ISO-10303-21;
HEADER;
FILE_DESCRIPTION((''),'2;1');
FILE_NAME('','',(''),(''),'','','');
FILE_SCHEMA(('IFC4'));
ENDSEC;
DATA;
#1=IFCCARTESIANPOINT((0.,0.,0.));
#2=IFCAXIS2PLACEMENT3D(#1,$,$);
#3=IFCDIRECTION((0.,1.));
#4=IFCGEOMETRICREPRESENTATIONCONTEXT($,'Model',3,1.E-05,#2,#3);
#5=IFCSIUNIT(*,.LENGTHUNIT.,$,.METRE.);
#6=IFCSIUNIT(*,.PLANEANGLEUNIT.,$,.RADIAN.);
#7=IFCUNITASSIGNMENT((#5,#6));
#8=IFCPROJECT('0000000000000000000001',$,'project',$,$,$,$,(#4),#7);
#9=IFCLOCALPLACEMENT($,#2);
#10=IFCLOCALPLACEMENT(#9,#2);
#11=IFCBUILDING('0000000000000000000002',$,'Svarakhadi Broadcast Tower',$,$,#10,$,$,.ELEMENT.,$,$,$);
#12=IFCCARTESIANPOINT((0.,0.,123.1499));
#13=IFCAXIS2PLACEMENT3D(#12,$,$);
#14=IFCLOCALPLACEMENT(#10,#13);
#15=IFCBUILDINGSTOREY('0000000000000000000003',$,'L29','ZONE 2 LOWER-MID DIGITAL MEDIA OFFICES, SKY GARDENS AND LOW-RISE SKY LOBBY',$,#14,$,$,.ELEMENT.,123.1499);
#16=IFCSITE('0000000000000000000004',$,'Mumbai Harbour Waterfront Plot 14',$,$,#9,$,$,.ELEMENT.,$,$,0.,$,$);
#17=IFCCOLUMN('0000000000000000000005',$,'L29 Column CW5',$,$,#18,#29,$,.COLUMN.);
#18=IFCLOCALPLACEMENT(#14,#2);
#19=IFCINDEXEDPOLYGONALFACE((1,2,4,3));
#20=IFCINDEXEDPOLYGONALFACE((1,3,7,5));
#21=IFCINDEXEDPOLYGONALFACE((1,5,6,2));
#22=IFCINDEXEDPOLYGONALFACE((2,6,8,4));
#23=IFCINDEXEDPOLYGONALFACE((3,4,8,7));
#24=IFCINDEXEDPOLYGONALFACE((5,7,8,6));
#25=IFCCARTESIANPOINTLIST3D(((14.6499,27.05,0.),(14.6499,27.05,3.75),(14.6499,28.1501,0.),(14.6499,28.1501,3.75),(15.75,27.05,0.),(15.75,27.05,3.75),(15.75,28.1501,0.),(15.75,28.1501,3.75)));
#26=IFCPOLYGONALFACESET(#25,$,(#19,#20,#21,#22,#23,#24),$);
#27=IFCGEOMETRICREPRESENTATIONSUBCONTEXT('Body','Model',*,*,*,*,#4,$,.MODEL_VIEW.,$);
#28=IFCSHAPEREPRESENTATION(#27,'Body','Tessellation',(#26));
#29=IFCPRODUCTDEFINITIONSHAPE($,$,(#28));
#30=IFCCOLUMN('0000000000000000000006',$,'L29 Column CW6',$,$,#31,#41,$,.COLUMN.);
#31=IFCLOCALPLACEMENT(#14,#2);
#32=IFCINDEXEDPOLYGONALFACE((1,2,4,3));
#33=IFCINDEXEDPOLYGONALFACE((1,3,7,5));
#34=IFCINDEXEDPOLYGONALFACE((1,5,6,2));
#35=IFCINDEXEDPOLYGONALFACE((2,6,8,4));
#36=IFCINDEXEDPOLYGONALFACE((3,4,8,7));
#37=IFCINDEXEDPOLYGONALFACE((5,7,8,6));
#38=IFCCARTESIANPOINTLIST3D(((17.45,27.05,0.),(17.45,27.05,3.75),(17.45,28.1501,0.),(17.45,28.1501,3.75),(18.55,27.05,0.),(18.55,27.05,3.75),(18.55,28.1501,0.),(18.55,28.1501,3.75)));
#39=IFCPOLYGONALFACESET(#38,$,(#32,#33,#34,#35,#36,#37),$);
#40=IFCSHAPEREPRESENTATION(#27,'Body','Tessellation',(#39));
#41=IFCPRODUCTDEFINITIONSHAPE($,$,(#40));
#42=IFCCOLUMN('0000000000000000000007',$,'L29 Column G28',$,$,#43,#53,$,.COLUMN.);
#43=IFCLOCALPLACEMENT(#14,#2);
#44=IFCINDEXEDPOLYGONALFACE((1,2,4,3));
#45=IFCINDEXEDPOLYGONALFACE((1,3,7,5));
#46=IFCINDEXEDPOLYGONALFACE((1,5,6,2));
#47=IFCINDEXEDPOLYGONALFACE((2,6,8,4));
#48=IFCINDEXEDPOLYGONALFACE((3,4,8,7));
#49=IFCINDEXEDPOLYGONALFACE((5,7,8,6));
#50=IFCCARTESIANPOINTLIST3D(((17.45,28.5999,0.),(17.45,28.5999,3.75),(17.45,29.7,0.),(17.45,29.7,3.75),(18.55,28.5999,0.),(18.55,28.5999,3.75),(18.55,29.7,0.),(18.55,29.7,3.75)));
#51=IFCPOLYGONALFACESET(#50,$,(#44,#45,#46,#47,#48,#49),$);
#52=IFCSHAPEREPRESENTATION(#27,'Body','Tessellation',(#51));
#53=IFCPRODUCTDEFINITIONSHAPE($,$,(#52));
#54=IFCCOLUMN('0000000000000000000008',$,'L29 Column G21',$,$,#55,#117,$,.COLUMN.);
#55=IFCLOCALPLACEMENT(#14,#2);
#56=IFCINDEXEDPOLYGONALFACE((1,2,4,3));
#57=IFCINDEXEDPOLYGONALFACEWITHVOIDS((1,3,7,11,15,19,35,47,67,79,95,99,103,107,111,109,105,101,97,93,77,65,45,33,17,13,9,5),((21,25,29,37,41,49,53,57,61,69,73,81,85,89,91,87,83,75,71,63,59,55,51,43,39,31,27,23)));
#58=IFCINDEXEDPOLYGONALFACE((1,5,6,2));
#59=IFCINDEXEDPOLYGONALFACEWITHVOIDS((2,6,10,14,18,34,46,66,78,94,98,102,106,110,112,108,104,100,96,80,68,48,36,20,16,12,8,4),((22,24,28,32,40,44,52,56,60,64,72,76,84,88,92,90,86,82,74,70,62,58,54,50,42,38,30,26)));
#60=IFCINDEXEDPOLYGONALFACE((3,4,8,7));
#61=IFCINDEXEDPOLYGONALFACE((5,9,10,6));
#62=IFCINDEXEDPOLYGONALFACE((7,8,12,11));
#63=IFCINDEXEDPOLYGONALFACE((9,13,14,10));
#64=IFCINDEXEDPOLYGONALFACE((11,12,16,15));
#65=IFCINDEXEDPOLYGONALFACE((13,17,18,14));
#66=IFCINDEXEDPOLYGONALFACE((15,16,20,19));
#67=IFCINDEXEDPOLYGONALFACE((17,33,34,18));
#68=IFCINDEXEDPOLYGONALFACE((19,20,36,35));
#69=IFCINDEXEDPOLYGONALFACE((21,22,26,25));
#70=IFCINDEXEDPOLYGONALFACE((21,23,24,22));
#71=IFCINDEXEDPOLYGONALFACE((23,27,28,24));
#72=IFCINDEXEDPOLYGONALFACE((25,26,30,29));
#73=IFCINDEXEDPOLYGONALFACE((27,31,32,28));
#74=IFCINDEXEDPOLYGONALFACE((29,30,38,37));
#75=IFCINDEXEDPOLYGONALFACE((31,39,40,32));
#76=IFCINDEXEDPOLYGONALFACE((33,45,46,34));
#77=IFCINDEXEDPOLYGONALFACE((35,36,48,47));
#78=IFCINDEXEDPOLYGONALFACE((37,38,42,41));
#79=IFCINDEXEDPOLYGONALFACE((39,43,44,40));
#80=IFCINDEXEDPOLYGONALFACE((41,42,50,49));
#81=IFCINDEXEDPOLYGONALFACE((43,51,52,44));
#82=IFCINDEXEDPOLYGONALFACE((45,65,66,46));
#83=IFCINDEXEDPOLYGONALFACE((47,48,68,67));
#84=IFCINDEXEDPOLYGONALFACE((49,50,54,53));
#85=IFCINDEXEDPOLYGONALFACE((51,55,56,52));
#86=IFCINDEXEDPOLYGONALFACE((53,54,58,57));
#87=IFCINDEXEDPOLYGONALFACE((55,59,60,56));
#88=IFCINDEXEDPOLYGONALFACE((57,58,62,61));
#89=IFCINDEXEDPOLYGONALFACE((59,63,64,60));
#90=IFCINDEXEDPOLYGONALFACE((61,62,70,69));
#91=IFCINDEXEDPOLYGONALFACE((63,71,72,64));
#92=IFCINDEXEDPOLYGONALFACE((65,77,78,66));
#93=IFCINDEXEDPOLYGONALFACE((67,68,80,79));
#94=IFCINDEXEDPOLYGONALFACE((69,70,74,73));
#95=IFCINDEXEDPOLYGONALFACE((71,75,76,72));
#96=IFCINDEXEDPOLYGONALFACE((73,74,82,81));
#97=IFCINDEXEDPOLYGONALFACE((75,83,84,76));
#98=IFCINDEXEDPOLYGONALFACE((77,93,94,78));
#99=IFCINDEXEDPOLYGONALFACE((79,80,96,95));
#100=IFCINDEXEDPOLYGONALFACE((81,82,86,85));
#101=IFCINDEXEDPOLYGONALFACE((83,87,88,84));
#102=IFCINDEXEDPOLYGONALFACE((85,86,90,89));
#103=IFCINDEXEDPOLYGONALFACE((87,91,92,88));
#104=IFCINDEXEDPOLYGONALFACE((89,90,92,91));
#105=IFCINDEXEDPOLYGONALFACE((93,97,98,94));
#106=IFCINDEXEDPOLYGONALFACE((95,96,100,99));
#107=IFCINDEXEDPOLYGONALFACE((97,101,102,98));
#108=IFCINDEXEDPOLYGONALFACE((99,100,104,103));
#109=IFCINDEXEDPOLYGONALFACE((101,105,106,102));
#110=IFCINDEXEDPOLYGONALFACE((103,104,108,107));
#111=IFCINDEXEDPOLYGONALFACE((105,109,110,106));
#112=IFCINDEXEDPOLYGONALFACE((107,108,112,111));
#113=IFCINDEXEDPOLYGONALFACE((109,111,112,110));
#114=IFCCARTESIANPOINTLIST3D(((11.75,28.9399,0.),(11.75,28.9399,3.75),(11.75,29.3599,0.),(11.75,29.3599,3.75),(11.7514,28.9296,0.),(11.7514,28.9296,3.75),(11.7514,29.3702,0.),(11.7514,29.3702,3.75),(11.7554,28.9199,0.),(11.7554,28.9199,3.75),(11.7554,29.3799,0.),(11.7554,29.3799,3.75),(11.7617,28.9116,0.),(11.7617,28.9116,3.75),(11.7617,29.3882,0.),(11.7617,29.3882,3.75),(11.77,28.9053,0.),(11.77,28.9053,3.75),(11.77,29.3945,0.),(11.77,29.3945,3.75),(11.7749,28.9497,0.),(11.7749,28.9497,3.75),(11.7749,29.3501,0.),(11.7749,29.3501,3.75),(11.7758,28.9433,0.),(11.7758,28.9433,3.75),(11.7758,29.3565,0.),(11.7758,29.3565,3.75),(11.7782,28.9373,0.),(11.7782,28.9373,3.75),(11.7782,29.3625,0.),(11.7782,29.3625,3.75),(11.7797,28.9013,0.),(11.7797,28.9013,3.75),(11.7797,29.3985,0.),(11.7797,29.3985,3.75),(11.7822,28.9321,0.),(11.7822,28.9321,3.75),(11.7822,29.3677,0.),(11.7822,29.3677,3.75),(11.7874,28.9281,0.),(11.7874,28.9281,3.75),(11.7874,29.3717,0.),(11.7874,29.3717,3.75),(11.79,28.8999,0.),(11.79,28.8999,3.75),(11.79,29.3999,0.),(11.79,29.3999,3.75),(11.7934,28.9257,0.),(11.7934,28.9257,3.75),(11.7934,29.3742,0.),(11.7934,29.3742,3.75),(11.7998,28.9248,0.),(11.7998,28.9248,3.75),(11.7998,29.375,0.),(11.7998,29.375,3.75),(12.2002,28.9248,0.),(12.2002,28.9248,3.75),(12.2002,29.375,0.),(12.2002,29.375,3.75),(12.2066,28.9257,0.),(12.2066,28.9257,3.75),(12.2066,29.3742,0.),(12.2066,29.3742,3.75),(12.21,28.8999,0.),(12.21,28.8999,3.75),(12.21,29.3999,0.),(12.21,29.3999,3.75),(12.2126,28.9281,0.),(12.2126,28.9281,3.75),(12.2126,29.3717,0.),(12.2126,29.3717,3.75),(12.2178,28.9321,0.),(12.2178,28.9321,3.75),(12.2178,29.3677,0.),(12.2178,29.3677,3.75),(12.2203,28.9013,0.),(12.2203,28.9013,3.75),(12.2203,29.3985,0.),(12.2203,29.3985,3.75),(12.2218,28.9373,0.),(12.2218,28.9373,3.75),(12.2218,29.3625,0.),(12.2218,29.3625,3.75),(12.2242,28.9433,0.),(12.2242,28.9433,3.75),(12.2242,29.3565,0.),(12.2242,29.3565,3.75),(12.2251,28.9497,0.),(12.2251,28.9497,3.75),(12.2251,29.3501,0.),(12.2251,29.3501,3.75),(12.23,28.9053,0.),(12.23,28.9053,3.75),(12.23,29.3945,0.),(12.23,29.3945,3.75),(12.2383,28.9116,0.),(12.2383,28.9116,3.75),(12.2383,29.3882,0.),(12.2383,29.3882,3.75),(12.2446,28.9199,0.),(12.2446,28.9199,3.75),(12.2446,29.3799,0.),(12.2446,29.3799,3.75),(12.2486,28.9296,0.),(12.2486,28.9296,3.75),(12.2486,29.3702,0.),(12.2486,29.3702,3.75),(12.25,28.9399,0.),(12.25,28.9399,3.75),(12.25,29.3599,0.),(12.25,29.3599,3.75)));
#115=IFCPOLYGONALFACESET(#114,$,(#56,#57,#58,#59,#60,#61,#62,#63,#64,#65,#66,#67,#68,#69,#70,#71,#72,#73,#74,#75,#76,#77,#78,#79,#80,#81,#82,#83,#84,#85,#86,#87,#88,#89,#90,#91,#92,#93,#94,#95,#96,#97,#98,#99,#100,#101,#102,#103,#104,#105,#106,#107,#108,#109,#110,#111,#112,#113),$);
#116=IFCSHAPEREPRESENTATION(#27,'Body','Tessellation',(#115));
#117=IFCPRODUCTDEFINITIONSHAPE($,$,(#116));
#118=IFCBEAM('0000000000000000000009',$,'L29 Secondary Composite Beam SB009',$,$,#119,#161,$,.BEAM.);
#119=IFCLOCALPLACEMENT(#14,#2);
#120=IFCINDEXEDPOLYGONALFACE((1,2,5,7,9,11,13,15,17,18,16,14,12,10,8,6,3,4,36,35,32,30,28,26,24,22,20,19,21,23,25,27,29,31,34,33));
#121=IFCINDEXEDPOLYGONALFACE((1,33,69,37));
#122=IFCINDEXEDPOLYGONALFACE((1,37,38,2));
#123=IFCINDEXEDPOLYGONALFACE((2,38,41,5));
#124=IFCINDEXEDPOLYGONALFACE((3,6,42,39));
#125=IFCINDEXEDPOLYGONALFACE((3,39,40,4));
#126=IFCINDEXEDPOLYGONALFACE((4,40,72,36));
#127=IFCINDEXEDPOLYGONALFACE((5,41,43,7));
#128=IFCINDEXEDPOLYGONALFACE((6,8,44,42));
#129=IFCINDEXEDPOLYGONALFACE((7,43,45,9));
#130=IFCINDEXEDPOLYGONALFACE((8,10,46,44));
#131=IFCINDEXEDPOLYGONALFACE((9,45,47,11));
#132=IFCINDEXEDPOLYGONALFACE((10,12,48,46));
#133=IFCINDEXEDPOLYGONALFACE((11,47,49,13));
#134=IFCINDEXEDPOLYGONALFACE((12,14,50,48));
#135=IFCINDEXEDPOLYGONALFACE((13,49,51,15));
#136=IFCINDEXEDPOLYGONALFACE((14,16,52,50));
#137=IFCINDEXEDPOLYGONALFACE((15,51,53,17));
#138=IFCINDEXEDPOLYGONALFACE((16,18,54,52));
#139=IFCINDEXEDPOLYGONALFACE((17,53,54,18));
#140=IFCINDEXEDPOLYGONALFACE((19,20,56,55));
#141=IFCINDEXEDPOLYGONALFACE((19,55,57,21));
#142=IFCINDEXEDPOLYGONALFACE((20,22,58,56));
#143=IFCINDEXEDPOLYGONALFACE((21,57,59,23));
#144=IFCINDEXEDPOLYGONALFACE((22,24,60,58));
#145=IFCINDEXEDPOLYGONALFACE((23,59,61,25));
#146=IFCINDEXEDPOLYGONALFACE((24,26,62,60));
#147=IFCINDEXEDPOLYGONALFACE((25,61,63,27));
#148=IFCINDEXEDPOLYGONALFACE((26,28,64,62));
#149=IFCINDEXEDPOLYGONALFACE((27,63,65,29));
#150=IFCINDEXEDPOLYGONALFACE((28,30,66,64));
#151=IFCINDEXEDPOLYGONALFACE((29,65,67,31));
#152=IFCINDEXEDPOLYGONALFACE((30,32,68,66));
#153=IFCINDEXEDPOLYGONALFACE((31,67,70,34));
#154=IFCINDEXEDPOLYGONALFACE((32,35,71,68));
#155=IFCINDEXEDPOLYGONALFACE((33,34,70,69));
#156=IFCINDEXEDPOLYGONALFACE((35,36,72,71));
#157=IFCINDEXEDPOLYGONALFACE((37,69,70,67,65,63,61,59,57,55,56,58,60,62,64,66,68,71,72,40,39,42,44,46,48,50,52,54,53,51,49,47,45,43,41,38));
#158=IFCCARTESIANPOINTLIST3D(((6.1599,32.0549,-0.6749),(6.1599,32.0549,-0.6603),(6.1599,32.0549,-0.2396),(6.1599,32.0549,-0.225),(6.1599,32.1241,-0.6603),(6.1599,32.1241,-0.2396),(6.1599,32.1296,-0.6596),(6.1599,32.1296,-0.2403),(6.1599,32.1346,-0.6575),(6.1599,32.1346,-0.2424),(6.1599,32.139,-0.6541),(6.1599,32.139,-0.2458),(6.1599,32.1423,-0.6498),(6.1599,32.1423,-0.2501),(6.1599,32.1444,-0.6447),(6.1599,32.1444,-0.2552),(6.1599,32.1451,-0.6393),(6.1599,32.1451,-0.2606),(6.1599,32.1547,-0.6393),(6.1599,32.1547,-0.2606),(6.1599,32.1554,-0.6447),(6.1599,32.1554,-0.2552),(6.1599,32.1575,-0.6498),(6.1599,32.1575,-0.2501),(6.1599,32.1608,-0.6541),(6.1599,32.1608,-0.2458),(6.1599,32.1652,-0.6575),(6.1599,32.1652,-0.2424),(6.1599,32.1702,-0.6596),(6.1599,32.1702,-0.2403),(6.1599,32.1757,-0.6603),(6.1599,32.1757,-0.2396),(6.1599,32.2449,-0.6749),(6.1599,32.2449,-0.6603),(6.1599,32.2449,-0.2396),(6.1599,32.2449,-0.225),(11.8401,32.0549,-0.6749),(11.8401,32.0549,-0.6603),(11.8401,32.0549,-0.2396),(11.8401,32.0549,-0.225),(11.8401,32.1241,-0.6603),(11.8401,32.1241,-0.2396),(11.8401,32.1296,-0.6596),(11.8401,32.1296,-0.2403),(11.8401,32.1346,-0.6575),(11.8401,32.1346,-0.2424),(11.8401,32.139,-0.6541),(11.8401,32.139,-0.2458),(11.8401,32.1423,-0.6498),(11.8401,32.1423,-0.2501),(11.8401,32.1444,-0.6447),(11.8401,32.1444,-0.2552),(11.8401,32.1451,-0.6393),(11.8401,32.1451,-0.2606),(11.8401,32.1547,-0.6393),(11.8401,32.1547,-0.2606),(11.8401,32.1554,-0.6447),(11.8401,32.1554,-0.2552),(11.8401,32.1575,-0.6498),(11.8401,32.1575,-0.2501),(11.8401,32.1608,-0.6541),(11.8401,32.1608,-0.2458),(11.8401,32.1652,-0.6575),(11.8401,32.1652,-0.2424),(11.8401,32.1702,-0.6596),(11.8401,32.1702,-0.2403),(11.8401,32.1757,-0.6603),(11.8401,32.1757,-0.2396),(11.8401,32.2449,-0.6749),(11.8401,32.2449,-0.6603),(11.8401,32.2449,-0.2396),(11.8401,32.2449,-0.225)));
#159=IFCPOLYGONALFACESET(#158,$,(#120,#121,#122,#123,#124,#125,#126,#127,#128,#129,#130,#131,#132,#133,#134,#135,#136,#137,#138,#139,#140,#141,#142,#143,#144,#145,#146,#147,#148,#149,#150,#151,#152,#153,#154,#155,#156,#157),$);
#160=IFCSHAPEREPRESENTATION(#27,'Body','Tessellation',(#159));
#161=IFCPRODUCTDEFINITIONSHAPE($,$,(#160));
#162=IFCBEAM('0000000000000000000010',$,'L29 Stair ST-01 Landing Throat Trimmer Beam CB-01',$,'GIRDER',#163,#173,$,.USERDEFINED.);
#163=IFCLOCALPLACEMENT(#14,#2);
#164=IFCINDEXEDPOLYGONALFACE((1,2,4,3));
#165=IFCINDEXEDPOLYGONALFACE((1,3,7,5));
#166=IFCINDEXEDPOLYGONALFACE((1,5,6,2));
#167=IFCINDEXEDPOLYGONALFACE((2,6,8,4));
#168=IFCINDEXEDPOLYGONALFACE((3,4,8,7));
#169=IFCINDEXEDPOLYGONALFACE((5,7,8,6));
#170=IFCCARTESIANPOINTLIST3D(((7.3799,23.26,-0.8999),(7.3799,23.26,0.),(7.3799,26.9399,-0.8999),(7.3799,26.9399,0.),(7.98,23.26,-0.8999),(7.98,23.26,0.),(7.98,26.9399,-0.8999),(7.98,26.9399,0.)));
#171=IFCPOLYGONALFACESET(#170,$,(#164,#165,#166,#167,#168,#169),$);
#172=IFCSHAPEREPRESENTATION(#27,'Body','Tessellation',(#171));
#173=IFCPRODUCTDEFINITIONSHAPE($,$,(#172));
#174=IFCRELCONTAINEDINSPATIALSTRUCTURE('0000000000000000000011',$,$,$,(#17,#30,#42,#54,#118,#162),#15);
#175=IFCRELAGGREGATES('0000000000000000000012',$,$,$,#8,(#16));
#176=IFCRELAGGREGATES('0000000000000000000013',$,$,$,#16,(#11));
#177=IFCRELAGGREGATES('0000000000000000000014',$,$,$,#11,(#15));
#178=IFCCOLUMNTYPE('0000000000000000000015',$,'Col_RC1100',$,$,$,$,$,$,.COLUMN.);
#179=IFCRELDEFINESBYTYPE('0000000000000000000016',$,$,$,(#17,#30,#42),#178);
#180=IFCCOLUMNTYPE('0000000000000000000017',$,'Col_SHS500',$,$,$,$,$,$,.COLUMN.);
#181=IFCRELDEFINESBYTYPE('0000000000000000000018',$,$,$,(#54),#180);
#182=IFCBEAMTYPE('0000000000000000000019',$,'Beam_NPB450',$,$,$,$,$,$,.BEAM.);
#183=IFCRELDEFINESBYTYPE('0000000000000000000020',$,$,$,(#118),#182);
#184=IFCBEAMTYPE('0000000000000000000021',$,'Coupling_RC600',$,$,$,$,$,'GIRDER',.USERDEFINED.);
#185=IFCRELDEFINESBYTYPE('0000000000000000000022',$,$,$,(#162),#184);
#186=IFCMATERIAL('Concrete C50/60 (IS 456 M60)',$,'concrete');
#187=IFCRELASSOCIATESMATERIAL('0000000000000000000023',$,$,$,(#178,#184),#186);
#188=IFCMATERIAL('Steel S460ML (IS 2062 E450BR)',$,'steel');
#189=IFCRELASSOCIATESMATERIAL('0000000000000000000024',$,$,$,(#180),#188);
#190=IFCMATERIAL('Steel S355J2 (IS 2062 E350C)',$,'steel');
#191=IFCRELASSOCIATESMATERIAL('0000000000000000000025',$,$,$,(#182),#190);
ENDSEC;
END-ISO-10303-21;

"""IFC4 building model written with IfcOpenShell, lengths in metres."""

from ifc_helpers import new_model, si_unit, direction, frame, origin, origin_2d, place, context, subcontext, project, spatial, rectangle, hollow_rectangle, i_section, extrude, material, material_profile, profile_set, type_object, element, save


model = new_model("IFC4")

# Units and contexts
model_context = context("Model", 3, precision=1e-05, world=origin(), true_north=direction((0.0, 1.0)))
body_context = subcontext(model_context, "Body", "Model", "MODEL_VIEW")
ifc_project = project(units=[si_unit("LENGTHUNIT", "METRE"), si_unit("PLANEANGLEUNIT", "RADIAN")], contexts=[model_context])

# Site, building, storey
site_placement = place(None, origin())
site = spatial("IfcSite", under=ifc_project, at=site_placement, Name="Mumbai Harbour Waterfront Plot 14", CompositionType="ELEMENT", RefElevation=0.0)
building_placement = place(site_placement, origin())
building = spatial("IfcBuilding", under=site, at=building_placement, Name="Svarakhadi Broadcast Tower", CompositionType="ELEMENT")
storey_placement = place(building_placement, frame((0.0, 0.0, 123.1499)))
storey = spatial("IfcBuildingStorey", under=building, at=storey_placement, Name="L29", Description="ZONE 2 LOWER-MID DIGITAL MEDIA OFFICES, SKY GARDENS AND LOW-RISE SKY LOBBY", CompositionType="ELEMENT", Elevation=123.1499)

# Columns
ifc_material_1 = material(Name="Concrete C50/60 (IS 456 M60)", Category="concrete")
ifc_material_profile_1 = material_profile(ifc_material_1, rectangle(XDim=1.1001, YDim=1.1001, at=origin_2d()), Name="RC 1100x1100")
ifc_profile_set_1 = profile_set([ifc_material_profile_1], Name="Concrete C50/60 (IS 456 M60)")
column_type_1 = type_object("IfcColumnType", Name="Col_RC1100", PredefinedType="COLUMN", material=ifc_profile_set_1)
for number, where, z_axis, x_axis, name in (
    (1, (15.2, 27.6001, 0.0), (0.0, 0.0, 1.0), (1.0, 0.0, 0.0), "L29 Column CW5"),
    (2, (18.0, 27.6001, 0.0), (0.0, 0.0, 1.0), (1.0, 0.0, 0.0), "L29 Column CW6"),
    (3, (18.0, 29.1499, 0.0), (0.0, 0.0, 1.0), (1.0, 0.0, 0.0), "L29 Column G28"),
):
    element("IfcColumn", number, at=place(storey_placement, frame(where, z_axis=z_axis, x_axis=x_axis)), inside=storey, type_object=column_type_1, Name=name, PredefinedType="COLUMN", context=body_context, shape_type="SweptSolid", body=[
        extrude(rectangle(XDim=1.1001, YDim=1.1001, at=origin_2d()), origin(), (0.0, 0.0, 1.0), 3.75),
    ])
ifc_material_2 = material(Name="Steel S460ML (IS 2062 E450BR)", Category="steel")
ifc_material_profile_2 = material_profile(ifc_material_2, hollow_rectangle(XDim=0.5, YDim=0.5, WallThickness=0.0249, InnerFilletRadius=0.0249, OuterFilletRadius=0.04, at=origin_2d()), Name="SHS 500x500x25")
ifc_profile_set_2 = profile_set([ifc_material_profile_2], Name="Steel S460ML (IS 2062 E450BR)")
column_type_2 = type_object("IfcColumnType", Name="Col_SHS500", PredefinedType="COLUMN", material=ifc_profile_set_2)
column_placement = place(storey_placement, frame((12.0, 29.1499, 0.0), z_axis=(0.0, 0.0, 1.0), x_axis=(1.0, 0.0, 0.0)))
element("IfcColumn", 4, at=column_placement, inside=storey, type_object=column_type_2, Name="L29 Column G21", PredefinedType="COLUMN", context=body_context, shape_type="SweptSolid", body=[
    extrude(hollow_rectangle(XDim=0.5, YDim=0.5, WallThickness=0.0249, InnerFilletRadius=0.0249, OuterFilletRadius=0.04, at=origin_2d()), origin(), (0.0, 0.0, 1.0), 3.75),
])

# Beams
ifc_material_3 = material(Name="Steel S355J2 (IS 2062 E350C)", Category="steel")
ifc_material_profile_3 = material_profile(ifc_material_3, i_section(OverallWidth=0.1899, OverallDepth=0.45, WebThickness=0.0095, FlangeThickness=0.0146, FilletRadius=0.021, at=origin_2d()), Name="NPB 450x190x78")
ifc_profile_set_3 = profile_set([ifc_material_profile_3], Name="Steel S355J2 (IS 2062 E350C)")
beam_type_1 = type_object("IfcBeamType", Name="Beam_NPB450", PredefinedType="BEAM", material=ifc_profile_set_3)
beam_1_placement = place(storey_placement, frame((6.1599, 32.1499, -0.45), z_axis=(1.0, 0.0, 0.0), x_axis=(0.0, 1.0, 0.0)))
element("IfcBeam", 5, at=beam_1_placement, inside=storey, type_object=beam_type_1, Name="L29 Secondary Composite Beam SB009", PredefinedType="BEAM", context=body_context, shape_type="SweptSolid", body=[
    extrude(i_section(OverallWidth=0.1899, OverallDepth=0.45, WebThickness=0.0095, FlangeThickness=0.0146, FilletRadius=0.021, at=origin_2d()), origin(), (0.0, 0.0, 1.0), 5.6802),
])
ifc_material_profile_4 = material_profile(ifc_material_1, rectangle(XDim=0.6001, YDim=0.8999, at=origin_2d()), Name="RC 600x900")
ifc_profile_set_4 = profile_set([ifc_material_profile_4], Name="Concrete C50/60 (IS 456 M60)")
beam_type_2 = type_object("IfcBeamType", Name="Coupling_RC600", ElementType="GIRDER", PredefinedType="USERDEFINED", material=ifc_profile_set_4)
beam_2_placement = place(storey_placement, frame((7.6799, 23.26, -0.45), z_axis=(0.0, 1.0, 0.0), x_axis=(-1.0, 0.0, 0.0)))
element("IfcBeam", 6, at=beam_2_placement, inside=storey, type_object=beam_type_2, Name="L29 Stair ST-01 Landing Throat Trimmer Beam CB-01", ObjectType="GIRDER", PredefinedType="USERDEFINED", context=body_context, shape_type="SweptSolid", body=[
    extrude(rectangle(XDim=0.6001, YDim=0.8999, at=origin_2d()), origin(), (0.0, 0.0, 1.0), 3.6799),
])

save(model, "model.ifc")
